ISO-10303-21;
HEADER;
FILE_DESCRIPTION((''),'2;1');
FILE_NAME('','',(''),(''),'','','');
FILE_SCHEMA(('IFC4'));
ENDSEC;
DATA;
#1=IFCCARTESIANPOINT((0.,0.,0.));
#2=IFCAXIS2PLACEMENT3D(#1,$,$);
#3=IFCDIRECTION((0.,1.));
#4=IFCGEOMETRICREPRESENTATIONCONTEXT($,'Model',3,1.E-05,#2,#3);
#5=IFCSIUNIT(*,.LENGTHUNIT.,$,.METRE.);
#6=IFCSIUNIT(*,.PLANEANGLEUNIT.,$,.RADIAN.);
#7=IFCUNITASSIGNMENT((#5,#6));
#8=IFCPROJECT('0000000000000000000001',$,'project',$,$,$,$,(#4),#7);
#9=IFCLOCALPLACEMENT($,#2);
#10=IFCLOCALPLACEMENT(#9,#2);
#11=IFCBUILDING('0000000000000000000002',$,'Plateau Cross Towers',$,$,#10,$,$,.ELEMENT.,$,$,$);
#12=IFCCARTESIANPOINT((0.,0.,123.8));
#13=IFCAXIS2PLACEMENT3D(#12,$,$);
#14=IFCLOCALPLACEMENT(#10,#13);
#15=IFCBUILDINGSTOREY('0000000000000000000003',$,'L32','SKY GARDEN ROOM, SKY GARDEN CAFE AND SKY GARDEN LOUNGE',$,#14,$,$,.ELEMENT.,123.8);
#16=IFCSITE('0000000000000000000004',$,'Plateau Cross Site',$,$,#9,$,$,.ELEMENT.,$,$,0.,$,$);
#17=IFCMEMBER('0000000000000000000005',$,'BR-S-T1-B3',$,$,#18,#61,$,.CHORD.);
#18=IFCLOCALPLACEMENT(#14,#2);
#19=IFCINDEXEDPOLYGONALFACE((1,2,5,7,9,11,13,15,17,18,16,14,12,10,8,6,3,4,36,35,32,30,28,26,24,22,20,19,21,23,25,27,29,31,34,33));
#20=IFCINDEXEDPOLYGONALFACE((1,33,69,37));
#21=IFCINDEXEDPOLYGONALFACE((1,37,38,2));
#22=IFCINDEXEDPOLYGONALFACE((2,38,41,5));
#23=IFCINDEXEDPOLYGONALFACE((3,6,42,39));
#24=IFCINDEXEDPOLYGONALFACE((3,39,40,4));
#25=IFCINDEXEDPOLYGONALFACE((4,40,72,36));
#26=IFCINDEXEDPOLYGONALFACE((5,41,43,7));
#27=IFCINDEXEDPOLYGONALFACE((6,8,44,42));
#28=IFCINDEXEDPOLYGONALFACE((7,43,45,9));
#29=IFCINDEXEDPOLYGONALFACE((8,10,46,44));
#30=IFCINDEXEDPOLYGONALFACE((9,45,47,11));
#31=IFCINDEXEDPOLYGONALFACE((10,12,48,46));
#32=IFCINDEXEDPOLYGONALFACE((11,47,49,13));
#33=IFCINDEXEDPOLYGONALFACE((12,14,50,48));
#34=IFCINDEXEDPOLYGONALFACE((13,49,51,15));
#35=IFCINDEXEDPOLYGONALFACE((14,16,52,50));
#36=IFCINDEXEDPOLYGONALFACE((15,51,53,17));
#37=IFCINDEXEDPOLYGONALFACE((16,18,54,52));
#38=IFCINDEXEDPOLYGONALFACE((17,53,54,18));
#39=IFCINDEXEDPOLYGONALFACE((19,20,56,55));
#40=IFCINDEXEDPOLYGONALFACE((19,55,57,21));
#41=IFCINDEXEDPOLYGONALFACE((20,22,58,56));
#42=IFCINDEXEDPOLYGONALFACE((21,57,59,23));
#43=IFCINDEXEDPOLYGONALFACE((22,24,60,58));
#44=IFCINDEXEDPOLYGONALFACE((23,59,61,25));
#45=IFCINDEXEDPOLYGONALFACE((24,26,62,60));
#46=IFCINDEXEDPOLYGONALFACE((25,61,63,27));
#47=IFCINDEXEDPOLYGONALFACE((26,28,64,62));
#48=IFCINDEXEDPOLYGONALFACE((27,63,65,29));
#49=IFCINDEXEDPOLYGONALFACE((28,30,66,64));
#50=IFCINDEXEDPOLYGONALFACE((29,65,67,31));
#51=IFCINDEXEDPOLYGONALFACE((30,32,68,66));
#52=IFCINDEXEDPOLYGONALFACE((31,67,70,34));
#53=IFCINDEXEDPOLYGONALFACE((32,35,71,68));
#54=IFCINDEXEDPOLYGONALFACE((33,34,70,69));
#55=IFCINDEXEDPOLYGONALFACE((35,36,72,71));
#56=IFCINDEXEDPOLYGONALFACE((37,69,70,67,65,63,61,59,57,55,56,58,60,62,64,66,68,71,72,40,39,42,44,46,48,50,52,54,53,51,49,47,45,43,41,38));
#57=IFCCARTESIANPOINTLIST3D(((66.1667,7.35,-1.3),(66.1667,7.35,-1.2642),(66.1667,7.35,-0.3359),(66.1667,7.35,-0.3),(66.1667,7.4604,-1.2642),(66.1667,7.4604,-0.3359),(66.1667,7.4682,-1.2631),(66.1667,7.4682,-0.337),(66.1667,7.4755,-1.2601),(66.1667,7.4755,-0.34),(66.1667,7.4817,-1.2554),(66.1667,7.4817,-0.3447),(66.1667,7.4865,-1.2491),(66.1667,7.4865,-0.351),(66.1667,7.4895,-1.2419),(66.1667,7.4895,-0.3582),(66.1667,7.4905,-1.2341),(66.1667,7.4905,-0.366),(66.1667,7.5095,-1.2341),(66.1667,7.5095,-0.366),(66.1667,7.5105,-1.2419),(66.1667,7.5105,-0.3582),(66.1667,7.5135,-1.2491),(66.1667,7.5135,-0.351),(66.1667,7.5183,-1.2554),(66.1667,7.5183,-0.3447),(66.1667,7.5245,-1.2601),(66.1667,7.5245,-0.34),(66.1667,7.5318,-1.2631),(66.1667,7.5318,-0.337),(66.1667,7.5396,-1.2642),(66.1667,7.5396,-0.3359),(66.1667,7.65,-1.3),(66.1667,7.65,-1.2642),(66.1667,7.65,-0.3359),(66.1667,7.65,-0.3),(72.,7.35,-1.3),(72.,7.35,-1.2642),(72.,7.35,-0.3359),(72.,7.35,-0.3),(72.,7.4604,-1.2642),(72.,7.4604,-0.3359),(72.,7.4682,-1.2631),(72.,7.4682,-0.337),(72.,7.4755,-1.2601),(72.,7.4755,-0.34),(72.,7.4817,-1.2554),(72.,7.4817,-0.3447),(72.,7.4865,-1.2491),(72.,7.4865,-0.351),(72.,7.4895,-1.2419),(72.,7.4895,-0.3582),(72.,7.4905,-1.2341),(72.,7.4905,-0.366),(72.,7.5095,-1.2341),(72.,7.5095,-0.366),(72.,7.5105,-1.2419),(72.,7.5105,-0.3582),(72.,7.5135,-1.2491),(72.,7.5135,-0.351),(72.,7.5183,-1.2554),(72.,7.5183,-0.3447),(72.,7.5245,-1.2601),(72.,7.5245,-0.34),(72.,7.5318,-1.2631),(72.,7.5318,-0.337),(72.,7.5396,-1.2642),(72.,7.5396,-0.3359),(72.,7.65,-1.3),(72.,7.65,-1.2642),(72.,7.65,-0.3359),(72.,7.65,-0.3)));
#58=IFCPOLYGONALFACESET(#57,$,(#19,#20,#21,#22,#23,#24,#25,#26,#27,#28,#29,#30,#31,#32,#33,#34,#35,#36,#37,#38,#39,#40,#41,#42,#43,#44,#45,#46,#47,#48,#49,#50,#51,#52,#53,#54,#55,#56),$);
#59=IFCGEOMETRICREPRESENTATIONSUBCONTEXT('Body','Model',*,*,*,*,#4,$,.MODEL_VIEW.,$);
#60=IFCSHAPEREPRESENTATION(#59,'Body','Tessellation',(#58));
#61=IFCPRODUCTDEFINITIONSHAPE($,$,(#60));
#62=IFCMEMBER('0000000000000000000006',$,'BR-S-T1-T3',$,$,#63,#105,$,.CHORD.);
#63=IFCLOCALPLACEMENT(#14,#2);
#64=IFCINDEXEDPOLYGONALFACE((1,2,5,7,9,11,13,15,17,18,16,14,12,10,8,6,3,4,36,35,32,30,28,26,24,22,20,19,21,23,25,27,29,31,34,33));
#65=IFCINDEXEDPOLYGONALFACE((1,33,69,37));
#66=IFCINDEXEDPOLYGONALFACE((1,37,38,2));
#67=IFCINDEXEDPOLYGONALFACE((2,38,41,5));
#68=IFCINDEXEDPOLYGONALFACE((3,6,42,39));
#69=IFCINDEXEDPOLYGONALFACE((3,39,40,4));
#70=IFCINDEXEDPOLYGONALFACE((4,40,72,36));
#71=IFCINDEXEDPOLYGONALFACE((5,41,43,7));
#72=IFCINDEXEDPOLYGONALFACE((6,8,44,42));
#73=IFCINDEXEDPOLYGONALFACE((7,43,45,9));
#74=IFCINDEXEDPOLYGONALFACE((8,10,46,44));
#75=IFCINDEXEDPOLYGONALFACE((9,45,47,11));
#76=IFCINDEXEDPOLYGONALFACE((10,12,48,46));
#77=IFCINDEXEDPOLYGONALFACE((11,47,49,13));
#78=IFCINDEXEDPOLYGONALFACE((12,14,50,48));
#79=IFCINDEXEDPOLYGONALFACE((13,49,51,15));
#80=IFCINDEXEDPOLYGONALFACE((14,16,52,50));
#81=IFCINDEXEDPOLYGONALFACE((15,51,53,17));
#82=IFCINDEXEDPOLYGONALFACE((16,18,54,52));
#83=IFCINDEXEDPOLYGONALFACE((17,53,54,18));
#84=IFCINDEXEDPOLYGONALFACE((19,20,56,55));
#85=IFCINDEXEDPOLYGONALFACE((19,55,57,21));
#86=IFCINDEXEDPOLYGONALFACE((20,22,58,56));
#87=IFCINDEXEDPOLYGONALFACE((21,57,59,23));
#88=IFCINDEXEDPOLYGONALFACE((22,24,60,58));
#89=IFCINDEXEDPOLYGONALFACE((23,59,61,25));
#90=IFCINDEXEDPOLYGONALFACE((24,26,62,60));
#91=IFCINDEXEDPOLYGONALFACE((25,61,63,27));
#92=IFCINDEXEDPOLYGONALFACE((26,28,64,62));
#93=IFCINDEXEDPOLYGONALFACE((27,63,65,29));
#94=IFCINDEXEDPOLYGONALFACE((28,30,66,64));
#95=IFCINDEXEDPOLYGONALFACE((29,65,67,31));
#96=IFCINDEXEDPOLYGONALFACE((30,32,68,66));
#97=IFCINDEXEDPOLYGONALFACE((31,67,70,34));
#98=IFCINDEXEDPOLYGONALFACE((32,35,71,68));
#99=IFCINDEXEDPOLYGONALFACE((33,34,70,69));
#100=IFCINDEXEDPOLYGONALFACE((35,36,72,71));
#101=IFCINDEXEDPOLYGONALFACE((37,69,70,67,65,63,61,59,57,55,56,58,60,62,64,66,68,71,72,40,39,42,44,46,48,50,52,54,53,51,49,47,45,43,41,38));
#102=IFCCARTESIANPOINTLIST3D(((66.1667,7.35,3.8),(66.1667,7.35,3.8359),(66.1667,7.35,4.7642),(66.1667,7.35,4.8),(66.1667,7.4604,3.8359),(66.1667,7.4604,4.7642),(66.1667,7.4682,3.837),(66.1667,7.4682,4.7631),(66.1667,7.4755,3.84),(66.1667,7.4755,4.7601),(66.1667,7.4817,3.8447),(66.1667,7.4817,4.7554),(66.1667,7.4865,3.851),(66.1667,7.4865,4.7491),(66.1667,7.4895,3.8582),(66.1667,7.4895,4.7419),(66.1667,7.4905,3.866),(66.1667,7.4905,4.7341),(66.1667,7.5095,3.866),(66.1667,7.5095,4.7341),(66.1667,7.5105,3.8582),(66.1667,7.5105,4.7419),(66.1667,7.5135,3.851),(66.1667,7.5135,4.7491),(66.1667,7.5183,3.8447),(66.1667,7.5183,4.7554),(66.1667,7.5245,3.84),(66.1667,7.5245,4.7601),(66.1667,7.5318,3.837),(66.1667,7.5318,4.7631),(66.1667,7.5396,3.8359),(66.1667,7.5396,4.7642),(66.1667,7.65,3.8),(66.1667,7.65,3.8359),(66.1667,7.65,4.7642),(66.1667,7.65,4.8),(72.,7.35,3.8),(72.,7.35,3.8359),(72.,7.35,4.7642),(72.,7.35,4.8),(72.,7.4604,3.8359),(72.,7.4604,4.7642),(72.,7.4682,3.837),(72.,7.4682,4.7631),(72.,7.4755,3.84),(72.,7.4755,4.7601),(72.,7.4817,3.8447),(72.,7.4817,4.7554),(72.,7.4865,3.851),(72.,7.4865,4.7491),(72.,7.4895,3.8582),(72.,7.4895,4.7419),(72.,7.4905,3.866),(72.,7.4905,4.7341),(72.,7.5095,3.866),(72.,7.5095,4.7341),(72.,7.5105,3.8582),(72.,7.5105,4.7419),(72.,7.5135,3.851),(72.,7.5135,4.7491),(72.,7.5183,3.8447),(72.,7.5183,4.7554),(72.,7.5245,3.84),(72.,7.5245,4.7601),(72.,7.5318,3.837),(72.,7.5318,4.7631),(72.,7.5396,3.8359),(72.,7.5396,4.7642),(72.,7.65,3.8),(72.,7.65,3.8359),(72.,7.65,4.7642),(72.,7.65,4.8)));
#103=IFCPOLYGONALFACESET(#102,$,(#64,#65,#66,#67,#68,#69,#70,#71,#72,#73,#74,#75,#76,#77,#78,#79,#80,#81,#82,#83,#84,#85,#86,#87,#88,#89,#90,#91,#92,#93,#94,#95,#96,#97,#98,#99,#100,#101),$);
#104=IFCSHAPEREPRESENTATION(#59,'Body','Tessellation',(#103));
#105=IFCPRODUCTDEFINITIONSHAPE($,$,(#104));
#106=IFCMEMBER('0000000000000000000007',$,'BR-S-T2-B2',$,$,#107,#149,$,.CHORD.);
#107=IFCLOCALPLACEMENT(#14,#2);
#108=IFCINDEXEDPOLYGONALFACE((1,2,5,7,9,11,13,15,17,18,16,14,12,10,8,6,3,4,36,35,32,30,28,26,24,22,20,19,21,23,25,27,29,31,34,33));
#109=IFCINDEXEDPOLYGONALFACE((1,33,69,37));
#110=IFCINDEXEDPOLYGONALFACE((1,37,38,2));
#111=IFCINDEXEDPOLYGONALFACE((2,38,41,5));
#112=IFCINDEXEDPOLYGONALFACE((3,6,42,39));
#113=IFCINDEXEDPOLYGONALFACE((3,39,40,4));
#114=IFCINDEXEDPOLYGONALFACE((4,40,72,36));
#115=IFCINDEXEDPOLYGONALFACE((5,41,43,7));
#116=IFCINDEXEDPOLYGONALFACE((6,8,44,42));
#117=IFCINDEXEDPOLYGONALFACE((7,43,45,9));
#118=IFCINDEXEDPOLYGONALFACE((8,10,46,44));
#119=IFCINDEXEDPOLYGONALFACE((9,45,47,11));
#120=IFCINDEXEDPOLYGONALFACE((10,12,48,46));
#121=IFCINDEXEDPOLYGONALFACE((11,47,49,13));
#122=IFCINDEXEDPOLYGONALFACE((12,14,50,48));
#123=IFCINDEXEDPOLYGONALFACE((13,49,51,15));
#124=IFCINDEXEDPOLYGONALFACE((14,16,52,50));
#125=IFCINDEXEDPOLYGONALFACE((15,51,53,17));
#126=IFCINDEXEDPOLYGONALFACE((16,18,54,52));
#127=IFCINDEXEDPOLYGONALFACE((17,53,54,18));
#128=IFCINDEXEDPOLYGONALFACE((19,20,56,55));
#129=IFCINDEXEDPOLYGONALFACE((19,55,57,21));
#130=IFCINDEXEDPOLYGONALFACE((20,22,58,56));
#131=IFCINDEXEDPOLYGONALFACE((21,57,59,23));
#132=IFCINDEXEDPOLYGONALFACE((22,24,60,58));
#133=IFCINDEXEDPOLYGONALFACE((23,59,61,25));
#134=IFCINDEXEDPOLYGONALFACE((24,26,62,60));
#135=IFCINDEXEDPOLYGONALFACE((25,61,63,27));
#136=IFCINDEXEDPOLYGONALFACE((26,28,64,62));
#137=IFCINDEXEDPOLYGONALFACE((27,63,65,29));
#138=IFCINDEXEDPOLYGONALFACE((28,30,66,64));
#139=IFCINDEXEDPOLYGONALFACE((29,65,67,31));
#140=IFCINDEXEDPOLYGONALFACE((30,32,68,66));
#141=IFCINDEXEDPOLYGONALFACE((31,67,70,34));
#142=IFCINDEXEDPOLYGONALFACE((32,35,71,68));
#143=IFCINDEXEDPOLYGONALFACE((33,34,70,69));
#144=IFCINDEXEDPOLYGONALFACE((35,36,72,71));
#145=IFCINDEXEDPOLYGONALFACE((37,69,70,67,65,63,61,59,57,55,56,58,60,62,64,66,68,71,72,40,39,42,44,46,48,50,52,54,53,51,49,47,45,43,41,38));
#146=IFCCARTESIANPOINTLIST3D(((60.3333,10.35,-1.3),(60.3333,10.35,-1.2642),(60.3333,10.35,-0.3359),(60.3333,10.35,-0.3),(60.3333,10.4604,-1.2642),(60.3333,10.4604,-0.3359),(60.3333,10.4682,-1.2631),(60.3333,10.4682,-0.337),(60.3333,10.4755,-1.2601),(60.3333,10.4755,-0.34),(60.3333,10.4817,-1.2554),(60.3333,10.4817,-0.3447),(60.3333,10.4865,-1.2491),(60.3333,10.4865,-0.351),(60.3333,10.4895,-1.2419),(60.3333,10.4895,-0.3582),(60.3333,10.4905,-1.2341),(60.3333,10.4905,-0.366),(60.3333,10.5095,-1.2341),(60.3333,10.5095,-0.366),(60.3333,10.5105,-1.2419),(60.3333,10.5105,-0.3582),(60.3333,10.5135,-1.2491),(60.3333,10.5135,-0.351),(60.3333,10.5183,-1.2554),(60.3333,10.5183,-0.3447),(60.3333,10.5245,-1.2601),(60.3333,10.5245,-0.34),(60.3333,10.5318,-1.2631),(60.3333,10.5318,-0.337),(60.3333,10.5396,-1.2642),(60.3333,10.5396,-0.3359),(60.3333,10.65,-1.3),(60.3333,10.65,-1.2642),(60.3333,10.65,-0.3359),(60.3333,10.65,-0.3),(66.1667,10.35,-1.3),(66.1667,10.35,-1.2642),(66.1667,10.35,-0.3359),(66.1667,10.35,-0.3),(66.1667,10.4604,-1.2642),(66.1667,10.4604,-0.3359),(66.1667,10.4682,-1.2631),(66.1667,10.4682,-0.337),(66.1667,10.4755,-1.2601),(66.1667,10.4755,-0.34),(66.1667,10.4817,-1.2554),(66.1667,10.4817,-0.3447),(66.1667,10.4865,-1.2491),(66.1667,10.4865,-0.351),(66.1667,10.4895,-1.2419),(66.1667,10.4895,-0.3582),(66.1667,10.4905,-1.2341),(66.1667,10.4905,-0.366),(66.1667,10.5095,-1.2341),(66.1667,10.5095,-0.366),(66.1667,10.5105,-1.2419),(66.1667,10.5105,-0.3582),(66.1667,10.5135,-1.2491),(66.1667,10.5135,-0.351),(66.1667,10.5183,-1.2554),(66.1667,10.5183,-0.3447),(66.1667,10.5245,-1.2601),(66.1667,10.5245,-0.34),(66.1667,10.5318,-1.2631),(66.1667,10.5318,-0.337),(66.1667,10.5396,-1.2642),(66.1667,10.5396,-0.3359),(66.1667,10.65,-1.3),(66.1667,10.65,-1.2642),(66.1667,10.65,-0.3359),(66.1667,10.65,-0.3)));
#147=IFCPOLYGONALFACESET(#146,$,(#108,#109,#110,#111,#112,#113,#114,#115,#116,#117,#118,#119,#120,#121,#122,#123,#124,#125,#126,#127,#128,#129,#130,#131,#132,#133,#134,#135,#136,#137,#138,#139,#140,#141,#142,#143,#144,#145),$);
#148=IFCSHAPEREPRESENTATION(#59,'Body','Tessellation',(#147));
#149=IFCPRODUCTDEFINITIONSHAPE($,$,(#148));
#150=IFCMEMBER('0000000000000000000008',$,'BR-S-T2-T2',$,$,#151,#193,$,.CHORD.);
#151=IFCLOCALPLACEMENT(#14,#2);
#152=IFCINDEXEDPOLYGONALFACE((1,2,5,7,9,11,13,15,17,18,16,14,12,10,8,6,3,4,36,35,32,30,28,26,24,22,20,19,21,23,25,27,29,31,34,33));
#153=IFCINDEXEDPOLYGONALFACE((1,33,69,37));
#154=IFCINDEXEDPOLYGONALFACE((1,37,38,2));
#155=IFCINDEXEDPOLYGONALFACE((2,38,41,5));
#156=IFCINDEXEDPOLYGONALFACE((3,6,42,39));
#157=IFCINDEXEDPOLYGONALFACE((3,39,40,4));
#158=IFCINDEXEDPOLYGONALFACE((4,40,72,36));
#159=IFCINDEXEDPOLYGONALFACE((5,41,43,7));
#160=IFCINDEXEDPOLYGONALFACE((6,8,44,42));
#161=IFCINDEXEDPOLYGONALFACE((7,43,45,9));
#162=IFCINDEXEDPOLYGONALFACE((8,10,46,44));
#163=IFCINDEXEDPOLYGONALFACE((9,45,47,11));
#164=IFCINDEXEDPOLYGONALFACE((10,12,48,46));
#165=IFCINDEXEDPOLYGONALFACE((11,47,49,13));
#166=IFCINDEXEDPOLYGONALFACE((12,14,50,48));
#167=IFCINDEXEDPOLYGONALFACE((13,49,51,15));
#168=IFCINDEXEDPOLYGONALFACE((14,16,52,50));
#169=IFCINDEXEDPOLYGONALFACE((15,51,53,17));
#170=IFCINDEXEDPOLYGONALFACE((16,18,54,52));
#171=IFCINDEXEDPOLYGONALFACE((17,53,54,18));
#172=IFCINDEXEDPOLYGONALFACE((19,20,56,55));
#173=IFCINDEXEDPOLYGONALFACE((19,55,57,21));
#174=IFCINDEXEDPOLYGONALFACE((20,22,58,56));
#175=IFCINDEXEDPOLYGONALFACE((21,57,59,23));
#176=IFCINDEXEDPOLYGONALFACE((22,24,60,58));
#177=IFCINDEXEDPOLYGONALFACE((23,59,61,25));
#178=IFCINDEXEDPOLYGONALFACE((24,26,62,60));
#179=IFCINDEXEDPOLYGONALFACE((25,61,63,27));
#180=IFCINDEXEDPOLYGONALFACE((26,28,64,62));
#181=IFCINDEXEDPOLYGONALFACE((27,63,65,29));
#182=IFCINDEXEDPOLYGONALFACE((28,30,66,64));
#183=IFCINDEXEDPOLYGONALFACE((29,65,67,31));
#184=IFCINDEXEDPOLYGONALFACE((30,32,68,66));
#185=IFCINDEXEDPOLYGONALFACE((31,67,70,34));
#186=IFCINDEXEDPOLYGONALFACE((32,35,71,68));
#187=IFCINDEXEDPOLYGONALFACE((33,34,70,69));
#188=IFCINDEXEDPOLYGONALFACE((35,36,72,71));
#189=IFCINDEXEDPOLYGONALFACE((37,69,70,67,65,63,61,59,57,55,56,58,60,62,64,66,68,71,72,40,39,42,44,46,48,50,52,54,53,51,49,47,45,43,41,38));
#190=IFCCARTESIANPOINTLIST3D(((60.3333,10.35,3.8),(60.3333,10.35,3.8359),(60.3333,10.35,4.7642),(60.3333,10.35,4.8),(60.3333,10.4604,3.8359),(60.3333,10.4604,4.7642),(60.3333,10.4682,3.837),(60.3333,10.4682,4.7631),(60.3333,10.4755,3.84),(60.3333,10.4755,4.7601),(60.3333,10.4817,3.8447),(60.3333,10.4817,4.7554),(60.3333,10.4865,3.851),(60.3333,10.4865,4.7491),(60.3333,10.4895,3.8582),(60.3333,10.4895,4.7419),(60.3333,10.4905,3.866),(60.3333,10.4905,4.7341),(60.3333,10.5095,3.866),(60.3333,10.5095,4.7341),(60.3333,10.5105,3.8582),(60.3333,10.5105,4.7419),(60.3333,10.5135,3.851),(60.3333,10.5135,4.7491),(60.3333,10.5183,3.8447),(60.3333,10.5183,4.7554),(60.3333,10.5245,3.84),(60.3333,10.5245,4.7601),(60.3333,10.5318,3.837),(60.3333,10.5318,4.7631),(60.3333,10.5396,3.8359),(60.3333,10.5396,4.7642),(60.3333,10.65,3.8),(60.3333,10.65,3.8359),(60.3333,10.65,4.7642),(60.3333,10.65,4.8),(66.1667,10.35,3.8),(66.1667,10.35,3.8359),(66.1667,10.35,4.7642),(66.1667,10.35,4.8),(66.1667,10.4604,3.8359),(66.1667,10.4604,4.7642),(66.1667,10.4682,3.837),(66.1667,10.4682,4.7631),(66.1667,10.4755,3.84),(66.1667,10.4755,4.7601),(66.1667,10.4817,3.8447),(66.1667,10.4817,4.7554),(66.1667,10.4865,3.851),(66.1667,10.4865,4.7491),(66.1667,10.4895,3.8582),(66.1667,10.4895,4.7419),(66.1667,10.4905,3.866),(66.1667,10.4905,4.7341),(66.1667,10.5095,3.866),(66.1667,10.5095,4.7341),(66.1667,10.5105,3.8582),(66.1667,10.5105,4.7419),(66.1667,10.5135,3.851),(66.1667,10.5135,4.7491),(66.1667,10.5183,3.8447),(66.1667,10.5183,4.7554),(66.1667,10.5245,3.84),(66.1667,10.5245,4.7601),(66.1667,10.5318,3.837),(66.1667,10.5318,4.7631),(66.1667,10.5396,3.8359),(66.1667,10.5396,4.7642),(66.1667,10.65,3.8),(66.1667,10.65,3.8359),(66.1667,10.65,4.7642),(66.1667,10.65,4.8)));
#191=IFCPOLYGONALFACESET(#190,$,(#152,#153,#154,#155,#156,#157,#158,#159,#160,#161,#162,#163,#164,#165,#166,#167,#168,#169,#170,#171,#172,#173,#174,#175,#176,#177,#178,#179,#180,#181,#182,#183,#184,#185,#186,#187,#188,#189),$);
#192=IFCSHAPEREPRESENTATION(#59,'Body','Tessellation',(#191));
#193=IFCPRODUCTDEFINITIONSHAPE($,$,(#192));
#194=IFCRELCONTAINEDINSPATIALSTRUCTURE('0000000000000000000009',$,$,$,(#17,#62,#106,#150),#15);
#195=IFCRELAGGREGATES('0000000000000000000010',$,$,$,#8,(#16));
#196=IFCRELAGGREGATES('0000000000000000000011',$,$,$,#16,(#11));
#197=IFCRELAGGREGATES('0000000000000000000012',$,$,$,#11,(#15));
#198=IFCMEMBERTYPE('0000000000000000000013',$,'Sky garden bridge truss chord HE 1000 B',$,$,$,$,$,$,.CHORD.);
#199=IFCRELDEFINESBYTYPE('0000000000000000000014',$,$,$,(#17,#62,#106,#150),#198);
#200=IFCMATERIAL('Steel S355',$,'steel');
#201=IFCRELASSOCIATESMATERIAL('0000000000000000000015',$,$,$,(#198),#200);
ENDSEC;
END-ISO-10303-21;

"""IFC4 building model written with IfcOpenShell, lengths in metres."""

from ifc_helpers import new_model, si_unit, direction, frame, origin, origin_2d, place, context, subcontext, project, spatial, i_section, extrude, material, material_profile, profile_set, type_object, element, save


model = new_model("IFC4")

# Units and contexts
model_context = context("Model", 3, precision=1e-05, world=origin(), true_north=direction((0.0, 1.0)))
body_context = subcontext(model_context, "Body", "Model", "MODEL_VIEW")
ifc_project = project(units=[si_unit("LENGTHUNIT", "METRE"), si_unit("PLANEANGLEUNIT", "RADIAN")], contexts=[model_context])

# Site, building, storey
site_placement = place(None, origin())
site = spatial("IfcSite", under=ifc_project, at=site_placement, Name="Plateau Cross Site", CompositionType="ELEMENT", RefElevation=0.0)
building_placement = place(site_placement, origin())
building = spatial("IfcBuilding", under=site, at=building_placement, Name="Plateau Cross Towers", CompositionType="ELEMENT")
storey_placement = place(building_placement, frame((0.0, 0.0, 123.8)))
storey = spatial("IfcBuildingStorey", under=building, at=storey_placement, Name="L32", Description="SKY GARDEN ROOM, SKY GARDEN CAFE AND SKY GARDEN LOUNGE", CompositionType="ELEMENT", Elevation=123.8)

# Members
ifc_material_1 = material(Name="Steel S355", Category="steel")
ifc_material_profile_1 = material_profile(ifc_material_1, i_section(OverallWidth=0.3, OverallDepth=1.0, WebThickness=0.019, FlangeThickness=0.0359, FilletRadius=0.03, at=origin_2d()), Name="HE 1000 B")
ifc_profile_set_1 = profile_set([ifc_material_profile_1], Name="Steel S355")
member_type_1 = type_object("IfcMemberType", Name="Sky garden bridge truss chord HE 1000 B", PredefinedType="CHORD", material=ifc_profile_set_1)
for number, where, z_axis, x_axis, name in (
    (1, (66.1667, 7.5, -0.8), (1.0, 0.0, 0.0), (0.0, 1.0, 0.0), "BR-S-T1-B3"),
    (2, (66.1667, 7.5, 4.3), (1.0, 0.0, 0.0), (0.0, 1.0, 0.0), "BR-S-T1-T3"),
):
    element("IfcMember", number, at=place(storey_placement, frame(where, z_axis=z_axis, x_axis=x_axis)), inside=storey, type_object=member_type_1, Name=name, PredefinedType="CHORD", context=body_context, shape_type="SweptSolid", body=[
        extrude(i_section(OverallWidth=0.3, OverallDepth=1.0, WebThickness=0.019, FlangeThickness=0.0359, FilletRadius=0.03, at=origin_2d()), origin(), (0.0, 0.0, 1.0), 5.8333),
    ])
for number, where, z_axis, x_axis, name in (
    (3, (60.3333, 10.5, -0.8), (1.0, 0.0, 0.0), (0.0, 1.0, 0.0), "BR-S-T2-B2"),
    (4, (60.3333, 10.5, 4.3), (1.0, 0.0, 0.0), (0.0, 1.0, 0.0), "BR-S-T2-T2"),
):
    element("IfcMember", number, at=place(storey_placement, frame(where, z_axis=z_axis, x_axis=x_axis)), inside=storey, type_object=member_type_1, Name=name, PredefinedType="CHORD", context=body_context, shape_type="SweptSolid", body=[
        extrude(i_section(OverallWidth=0.3, OverallDepth=1.0, WebThickness=0.019, FlangeThickness=0.0359, FilletRadius=0.03, at=origin_2d()), origin(), (0.0, 0.0, 1.0), 5.8335),
    ])

save(model, "model.ifc")
